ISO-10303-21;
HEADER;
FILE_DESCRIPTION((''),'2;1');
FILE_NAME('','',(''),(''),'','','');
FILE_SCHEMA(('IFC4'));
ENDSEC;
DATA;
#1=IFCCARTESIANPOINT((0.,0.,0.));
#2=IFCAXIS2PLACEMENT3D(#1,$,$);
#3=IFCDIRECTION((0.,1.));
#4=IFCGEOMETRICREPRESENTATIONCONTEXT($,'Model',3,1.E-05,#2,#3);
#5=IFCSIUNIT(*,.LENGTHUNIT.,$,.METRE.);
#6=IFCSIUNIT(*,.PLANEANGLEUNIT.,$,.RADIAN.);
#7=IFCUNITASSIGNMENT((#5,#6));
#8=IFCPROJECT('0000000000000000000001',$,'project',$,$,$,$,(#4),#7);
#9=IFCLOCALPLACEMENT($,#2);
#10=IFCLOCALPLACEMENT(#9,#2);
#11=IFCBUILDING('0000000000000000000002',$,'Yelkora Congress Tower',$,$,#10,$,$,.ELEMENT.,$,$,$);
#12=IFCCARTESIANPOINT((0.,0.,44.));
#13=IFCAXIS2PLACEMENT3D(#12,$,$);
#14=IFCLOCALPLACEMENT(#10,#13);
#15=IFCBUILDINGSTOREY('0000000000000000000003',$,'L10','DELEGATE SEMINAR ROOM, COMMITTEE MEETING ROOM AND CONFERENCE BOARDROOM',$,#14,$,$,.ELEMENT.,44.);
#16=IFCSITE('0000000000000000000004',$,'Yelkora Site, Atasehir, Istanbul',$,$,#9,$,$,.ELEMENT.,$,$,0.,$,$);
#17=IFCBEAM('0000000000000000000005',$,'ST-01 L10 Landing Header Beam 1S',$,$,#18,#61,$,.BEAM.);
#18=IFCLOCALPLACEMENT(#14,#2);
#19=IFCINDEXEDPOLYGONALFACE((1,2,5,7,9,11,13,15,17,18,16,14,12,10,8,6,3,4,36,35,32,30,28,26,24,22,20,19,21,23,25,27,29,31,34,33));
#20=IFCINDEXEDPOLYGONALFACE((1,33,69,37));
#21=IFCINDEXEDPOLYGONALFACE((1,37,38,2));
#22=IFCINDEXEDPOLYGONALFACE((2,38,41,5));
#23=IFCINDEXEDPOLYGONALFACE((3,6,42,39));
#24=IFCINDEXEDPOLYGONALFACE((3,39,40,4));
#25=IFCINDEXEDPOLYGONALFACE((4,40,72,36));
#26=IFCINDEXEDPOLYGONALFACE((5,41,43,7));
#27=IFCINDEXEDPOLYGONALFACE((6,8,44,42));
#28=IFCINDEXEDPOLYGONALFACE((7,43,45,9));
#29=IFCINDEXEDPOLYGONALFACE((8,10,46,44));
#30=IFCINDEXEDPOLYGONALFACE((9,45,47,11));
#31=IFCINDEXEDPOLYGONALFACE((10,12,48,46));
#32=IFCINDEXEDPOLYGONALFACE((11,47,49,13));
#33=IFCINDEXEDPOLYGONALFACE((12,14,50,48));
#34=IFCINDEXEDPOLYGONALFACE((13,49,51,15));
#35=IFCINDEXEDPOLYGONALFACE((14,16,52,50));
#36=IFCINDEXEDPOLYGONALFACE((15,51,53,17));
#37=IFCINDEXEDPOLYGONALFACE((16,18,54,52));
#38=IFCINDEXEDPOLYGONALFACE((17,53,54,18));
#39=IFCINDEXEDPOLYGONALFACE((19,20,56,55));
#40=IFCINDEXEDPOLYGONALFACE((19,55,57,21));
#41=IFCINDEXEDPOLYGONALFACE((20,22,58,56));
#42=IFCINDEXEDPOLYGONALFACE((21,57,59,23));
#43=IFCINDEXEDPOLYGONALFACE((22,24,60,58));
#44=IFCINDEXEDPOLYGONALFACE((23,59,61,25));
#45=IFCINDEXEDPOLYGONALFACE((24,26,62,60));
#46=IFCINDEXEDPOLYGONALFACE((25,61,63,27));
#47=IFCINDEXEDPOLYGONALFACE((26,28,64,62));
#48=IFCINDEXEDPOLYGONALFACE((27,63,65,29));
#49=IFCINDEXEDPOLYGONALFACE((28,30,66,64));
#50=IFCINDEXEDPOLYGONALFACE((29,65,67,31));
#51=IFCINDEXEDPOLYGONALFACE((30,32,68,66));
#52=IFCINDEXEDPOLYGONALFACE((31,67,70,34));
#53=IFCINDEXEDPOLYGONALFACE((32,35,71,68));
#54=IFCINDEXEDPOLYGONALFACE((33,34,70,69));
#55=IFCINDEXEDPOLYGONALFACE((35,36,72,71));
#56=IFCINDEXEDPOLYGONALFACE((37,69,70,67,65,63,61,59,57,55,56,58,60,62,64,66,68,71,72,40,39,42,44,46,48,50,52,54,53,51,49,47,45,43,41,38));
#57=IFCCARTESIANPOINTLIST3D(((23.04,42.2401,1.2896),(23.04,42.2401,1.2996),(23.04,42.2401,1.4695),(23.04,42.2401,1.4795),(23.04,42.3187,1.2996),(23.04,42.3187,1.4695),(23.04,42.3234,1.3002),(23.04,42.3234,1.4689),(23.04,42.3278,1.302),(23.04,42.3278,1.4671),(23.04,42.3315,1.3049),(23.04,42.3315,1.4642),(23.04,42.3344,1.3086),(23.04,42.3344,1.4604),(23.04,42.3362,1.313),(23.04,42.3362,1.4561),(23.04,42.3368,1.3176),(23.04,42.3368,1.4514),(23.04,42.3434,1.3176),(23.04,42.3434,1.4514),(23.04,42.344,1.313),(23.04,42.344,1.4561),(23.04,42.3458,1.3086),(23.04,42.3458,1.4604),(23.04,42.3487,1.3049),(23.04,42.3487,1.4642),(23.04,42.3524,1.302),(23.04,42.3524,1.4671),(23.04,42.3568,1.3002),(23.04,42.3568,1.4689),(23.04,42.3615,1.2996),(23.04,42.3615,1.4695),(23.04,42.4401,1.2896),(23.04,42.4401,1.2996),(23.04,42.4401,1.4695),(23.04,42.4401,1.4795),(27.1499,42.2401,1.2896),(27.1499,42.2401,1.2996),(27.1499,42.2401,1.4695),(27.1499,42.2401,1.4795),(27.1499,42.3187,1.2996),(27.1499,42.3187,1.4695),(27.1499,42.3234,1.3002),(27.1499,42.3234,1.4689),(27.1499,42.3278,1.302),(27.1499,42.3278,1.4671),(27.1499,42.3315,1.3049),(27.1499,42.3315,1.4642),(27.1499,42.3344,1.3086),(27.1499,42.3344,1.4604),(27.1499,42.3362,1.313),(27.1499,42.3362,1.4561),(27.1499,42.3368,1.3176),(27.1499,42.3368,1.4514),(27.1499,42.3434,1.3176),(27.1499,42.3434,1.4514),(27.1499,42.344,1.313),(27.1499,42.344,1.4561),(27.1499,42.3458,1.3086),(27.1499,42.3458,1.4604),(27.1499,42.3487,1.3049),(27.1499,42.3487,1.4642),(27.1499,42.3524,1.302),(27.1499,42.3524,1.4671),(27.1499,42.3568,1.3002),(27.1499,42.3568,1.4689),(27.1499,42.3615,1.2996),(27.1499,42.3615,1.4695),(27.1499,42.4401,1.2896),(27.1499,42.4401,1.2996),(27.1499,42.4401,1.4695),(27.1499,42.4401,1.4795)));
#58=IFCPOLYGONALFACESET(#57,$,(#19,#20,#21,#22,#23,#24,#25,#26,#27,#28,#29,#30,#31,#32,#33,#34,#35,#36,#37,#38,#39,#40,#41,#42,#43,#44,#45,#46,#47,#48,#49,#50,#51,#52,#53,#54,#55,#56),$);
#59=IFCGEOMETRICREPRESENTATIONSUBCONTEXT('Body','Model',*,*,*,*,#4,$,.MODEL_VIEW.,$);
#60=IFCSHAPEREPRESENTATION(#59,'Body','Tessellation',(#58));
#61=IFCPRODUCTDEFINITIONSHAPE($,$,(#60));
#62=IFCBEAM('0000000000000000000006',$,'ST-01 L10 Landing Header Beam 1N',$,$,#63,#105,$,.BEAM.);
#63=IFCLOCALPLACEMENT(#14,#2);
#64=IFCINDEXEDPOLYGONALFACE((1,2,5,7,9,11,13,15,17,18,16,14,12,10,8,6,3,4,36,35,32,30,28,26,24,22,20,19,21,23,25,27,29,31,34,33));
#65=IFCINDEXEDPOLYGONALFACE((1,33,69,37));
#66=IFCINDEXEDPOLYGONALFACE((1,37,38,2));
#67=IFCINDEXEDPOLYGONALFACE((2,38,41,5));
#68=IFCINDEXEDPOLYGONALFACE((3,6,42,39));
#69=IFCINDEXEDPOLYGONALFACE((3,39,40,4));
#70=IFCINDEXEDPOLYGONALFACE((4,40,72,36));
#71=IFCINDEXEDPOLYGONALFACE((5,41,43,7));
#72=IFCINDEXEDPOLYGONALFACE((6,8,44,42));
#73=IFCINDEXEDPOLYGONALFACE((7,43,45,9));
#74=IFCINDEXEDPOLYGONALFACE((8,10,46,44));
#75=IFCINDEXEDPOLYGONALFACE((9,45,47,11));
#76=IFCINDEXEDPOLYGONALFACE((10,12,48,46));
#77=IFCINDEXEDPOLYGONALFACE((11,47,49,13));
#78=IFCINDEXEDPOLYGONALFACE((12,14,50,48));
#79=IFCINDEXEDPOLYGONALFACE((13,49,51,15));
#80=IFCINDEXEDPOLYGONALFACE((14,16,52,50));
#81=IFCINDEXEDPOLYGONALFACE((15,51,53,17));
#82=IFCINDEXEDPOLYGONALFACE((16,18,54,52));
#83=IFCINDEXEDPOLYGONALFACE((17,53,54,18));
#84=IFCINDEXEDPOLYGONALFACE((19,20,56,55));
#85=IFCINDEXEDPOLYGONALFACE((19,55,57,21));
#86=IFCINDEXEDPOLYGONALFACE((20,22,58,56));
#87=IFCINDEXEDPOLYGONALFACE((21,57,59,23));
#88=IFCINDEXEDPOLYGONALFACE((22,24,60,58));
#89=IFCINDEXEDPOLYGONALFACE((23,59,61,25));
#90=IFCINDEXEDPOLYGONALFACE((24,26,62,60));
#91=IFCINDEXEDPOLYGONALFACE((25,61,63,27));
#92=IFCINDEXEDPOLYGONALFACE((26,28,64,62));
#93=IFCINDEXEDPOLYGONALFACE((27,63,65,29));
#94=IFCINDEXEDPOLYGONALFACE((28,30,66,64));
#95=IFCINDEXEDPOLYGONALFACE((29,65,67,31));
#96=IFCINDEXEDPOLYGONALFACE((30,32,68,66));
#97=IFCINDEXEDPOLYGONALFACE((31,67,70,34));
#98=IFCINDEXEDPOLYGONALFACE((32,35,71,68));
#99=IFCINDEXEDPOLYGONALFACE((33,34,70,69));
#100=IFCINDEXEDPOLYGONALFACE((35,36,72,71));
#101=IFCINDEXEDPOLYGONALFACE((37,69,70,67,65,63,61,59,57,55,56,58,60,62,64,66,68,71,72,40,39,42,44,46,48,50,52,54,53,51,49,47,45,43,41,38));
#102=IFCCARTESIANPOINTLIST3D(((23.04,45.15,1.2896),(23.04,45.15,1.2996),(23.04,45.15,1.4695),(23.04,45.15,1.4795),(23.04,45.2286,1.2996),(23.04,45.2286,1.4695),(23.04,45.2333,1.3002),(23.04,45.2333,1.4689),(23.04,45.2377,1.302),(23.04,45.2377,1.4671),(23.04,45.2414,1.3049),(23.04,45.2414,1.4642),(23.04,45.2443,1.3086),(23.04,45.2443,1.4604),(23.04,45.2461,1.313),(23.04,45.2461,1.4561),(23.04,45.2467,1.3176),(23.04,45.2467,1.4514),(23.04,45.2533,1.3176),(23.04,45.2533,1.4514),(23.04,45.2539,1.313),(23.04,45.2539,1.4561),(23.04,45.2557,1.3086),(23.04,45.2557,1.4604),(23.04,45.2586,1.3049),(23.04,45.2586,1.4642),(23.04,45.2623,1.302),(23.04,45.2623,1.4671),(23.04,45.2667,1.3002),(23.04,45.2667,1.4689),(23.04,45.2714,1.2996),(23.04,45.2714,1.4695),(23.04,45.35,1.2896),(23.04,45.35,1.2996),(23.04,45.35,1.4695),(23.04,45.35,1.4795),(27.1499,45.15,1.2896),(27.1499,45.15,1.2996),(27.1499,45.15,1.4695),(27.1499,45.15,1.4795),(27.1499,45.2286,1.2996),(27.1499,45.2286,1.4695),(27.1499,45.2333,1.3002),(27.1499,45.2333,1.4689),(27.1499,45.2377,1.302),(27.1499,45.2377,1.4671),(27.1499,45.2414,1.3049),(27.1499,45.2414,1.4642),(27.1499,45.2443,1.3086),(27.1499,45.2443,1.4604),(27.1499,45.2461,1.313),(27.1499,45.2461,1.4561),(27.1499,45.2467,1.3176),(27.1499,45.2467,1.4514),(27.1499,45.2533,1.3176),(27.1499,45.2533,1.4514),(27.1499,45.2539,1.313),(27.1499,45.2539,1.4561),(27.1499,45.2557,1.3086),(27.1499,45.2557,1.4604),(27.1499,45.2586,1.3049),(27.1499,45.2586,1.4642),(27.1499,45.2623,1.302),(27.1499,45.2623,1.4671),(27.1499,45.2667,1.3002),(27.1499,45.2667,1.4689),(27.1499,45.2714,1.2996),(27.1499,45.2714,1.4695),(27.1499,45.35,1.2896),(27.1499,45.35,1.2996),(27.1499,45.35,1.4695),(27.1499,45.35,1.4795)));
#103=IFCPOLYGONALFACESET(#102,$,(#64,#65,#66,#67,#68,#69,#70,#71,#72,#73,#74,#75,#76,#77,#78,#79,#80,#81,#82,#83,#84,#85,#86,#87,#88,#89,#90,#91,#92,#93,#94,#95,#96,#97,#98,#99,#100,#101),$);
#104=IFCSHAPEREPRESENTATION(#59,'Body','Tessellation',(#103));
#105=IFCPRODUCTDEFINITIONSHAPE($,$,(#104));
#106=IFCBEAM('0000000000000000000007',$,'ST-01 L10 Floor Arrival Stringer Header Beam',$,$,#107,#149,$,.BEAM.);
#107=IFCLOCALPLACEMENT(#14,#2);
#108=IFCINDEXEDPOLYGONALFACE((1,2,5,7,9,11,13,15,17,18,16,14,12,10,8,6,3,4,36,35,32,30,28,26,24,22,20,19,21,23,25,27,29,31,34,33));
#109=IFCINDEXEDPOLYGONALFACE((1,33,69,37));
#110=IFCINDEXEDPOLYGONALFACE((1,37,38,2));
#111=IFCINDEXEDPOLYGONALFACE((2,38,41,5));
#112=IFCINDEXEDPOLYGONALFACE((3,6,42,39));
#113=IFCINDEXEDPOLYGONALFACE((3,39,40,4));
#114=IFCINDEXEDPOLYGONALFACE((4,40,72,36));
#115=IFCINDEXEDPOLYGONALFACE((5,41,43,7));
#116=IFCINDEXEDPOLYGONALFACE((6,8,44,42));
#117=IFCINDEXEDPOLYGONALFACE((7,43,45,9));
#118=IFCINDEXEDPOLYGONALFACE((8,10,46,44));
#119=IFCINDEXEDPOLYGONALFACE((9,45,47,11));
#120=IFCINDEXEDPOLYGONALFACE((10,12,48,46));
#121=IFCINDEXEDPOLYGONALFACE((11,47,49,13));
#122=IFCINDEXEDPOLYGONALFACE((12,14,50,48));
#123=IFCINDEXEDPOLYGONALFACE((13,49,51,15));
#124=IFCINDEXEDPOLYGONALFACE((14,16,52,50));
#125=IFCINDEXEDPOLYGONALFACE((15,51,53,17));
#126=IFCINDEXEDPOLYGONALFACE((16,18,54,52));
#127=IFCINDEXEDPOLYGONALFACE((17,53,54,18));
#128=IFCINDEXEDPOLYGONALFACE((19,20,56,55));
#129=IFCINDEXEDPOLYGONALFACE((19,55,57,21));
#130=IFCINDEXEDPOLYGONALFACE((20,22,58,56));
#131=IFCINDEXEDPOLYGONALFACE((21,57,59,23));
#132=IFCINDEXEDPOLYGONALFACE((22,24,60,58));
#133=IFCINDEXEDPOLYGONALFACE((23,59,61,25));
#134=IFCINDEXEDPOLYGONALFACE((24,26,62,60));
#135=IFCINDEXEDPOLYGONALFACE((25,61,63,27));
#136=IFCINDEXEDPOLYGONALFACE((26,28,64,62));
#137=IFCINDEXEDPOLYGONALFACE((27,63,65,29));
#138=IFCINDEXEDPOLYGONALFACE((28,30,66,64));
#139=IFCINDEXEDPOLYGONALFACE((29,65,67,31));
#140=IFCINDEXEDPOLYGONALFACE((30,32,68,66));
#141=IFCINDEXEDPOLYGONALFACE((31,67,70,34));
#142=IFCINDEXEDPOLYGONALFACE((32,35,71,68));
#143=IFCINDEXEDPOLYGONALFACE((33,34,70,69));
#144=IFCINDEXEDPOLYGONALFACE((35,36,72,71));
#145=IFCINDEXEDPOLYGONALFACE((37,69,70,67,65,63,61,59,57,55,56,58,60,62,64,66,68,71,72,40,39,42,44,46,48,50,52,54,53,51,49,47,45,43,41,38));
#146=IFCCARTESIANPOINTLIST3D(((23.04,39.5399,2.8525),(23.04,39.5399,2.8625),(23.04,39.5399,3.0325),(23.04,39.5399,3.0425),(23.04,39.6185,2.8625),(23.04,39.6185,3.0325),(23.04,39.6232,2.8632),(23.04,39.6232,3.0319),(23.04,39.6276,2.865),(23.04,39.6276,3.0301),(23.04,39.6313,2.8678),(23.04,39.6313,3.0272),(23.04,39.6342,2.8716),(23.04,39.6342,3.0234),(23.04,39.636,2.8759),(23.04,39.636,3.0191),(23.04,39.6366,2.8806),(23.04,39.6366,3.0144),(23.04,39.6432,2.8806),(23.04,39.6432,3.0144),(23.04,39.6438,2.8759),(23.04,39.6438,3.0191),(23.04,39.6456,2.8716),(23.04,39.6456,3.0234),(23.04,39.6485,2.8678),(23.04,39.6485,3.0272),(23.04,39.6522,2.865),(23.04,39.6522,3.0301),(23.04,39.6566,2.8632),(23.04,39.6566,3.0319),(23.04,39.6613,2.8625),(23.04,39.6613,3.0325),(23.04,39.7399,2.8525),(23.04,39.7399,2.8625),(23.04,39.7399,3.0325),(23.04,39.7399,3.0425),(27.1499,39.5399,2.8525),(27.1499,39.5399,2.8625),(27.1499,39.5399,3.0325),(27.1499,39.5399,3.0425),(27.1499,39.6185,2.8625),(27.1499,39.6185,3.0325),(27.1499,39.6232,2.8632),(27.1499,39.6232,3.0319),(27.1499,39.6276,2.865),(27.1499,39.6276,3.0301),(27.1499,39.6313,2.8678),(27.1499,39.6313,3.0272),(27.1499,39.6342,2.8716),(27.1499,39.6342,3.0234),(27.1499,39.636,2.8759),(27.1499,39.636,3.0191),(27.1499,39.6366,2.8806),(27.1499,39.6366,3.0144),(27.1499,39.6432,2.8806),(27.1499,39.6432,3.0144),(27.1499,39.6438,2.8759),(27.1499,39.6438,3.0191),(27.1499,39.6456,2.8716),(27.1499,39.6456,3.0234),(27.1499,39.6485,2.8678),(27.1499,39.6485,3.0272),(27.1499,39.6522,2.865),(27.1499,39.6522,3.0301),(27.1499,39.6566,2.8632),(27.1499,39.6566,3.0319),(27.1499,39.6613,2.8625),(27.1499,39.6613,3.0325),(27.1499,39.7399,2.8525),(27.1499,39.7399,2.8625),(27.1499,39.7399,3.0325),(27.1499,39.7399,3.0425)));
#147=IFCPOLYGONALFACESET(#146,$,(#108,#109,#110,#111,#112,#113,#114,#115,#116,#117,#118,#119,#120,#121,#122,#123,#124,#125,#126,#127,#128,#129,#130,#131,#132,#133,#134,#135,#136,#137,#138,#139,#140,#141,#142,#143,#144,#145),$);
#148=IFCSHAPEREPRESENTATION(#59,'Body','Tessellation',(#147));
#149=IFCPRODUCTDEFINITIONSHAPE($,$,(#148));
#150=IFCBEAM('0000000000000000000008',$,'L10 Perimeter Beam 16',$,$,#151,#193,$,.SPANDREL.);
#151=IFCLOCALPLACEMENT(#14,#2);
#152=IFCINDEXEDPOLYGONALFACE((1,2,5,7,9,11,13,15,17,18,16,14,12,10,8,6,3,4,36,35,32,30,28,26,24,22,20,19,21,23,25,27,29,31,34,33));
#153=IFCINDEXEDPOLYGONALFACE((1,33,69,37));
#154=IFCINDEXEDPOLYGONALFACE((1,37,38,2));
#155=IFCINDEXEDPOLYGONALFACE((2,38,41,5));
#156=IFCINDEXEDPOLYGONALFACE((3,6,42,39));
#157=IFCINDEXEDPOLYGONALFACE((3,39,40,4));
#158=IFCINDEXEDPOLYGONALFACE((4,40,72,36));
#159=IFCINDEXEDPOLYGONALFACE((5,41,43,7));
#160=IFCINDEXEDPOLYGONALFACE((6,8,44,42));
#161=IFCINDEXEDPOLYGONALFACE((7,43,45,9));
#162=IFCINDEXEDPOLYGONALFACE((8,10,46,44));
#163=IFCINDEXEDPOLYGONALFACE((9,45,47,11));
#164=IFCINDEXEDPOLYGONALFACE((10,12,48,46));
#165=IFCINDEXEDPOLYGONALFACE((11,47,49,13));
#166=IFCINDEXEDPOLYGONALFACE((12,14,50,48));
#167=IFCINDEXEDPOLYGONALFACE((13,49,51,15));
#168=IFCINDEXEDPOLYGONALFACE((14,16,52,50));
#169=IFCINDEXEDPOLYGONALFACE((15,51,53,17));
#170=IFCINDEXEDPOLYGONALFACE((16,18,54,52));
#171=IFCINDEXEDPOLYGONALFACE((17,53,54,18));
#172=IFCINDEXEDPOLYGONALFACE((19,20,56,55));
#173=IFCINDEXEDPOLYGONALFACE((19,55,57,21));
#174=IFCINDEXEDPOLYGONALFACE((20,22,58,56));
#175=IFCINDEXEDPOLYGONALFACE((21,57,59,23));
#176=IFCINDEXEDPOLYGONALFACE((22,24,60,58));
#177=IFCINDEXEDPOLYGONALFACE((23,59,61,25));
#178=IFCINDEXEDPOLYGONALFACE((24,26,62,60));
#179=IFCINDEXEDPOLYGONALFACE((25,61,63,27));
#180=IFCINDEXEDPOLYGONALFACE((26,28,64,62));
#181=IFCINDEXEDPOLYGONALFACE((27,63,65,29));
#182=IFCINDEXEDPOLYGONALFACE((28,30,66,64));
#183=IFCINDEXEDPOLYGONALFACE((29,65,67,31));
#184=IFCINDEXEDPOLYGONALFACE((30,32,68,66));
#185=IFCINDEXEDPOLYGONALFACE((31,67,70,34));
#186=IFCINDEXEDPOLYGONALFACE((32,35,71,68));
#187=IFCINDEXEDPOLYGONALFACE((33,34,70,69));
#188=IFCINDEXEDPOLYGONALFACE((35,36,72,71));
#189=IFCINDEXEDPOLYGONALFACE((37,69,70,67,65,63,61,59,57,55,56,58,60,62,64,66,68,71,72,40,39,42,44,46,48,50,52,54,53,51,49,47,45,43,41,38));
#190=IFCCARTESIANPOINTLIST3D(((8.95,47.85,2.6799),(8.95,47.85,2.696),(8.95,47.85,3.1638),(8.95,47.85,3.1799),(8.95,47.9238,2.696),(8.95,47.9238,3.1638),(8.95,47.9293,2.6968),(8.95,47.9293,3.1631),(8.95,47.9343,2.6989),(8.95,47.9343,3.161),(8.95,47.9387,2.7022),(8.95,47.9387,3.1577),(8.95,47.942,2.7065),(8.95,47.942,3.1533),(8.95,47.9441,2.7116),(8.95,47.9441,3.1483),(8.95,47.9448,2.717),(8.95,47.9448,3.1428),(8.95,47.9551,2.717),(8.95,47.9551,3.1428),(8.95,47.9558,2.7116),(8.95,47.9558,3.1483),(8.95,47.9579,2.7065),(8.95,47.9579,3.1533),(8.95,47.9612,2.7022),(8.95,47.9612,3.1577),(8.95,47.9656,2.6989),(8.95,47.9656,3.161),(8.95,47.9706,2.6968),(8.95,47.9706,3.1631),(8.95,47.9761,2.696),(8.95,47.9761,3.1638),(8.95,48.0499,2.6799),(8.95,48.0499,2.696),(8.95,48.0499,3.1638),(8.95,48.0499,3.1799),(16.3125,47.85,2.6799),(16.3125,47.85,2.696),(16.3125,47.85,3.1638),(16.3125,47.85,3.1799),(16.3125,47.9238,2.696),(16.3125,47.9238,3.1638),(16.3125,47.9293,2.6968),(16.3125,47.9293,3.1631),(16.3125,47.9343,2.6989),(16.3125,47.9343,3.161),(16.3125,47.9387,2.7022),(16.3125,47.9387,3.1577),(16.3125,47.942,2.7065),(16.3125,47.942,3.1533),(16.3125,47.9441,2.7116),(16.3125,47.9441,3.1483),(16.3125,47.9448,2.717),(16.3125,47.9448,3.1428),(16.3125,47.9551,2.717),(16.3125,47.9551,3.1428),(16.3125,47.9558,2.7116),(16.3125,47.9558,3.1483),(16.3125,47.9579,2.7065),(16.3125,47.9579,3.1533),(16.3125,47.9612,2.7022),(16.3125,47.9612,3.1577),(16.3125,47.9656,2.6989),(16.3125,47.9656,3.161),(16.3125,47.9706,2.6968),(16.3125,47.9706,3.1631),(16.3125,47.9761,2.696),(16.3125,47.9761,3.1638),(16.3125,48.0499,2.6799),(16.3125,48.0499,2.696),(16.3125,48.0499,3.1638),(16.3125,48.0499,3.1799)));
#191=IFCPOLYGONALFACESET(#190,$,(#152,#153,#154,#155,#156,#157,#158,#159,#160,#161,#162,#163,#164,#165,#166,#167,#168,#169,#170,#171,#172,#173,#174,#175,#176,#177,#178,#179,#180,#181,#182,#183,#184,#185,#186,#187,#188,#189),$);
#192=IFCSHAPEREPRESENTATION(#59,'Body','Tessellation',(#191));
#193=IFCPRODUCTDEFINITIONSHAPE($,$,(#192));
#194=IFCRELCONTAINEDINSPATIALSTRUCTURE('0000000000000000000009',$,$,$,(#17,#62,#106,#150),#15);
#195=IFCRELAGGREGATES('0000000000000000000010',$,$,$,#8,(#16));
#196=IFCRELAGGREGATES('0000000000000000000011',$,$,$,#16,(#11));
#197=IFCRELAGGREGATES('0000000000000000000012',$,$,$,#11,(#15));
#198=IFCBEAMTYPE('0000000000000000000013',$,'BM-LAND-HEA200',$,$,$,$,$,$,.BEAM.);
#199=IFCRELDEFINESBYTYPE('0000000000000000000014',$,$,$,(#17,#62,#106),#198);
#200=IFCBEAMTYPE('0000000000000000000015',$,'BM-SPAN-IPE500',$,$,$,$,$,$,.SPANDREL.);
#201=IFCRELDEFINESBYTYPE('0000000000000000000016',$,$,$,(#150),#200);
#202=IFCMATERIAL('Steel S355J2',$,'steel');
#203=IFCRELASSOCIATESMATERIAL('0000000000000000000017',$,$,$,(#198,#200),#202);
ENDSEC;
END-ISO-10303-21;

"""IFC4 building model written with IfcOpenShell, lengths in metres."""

from ifc_helpers import new_model, si_unit, direction, frame, origin, origin_2d, place, context, subcontext, project, spatial, i_section, extrude, material, material_profile, profile_set, type_object, element, save


model = new_model("IFC4")

# Units and contexts
model_context = context("Model", 3, precision=1e-05, world=origin(), true_north=direction((0.0, 1.0)))
body_context = subcontext(model_context, "Body", "Model", "MODEL_VIEW")
ifc_project = project(units=[si_unit("LENGTHUNIT", "METRE"), si_unit("PLANEANGLEUNIT", "RADIAN")], contexts=[model_context])

# Site, building, storey
site_placement = place(None, origin())
site = spatial("IfcSite", under=ifc_project, at=site_placement, Name="Yelkora Site, Atasehir, Istanbul", CompositionType="ELEMENT", RefElevation=0.0)
building_placement = place(site_placement, origin())
building = spatial("IfcBuilding", under=site, at=building_placement, Name="Yelkora Congress Tower", CompositionType="ELEMENT")
storey_placement = place(building_placement, frame((0.0, 0.0, 44.0)))
storey = spatial("IfcBuildingStorey", under=building, at=storey_placement, Name="L10", Description="DELEGATE SEMINAR ROOM, COMMITTEE MEETING ROOM AND CONFERENCE BOARDROOM", CompositionType="ELEMENT", Elevation=44.0)

# Beams
ifc_material_1 = material(Name="Steel S355J2", Category="steel")
ifc_material_profile_1 = material_profile(ifc_material_1, i_section(OverallWidth=0.2, OverallDepth=0.1899, WebThickness=0.0066, FlangeThickness=0.01, FilletRadius=0.0181, at=origin_2d()), Name="HEA 200")
ifc_profile_set_1 = profile_set([ifc_material_profile_1], Name="Steel S355J2")
beam_type_1 = type_object("IfcBeamType", Name="BM-LAND-HEA200", PredefinedType="BEAM", material=ifc_profile_set_1)
for number, where, z_axis, x_axis, name in (
    (1, (23.04, 42.3401, 1.3845), (1.0, 0.0, 0.0), (0.0, 1.0, 0.0), "ST-01 L10 Landing Header Beam 1S"),
    (2, (23.04, 45.25, 1.3845), (1.0, 0.0, 0.0), (0.0, 1.0, 0.0), "ST-01 L10 Landing Header Beam 1N"),
    (3, (23.04, 39.6399, 2.9475), (1.0, 0.0, 0.0), (0.0, 1.0, 0.0), "ST-01 L10 Floor Arrival Stringer Header Beam"),
):
    element("IfcBeam", number, at=place(storey_placement, frame(where, z_axis=z_axis, x_axis=x_axis)), inside=storey, type_object=beam_type_1, Name=name, PredefinedType="BEAM", context=body_context, shape_type="SweptSolid", body=[
        extrude(i_section(OverallWidth=0.2, OverallDepth=0.1899, WebThickness=0.0066, FlangeThickness=0.01, FilletRadius=0.0181, at=origin_2d()), origin(), (0.0, 0.0, 1.0), 4.1099),
    ])
ifc_material_profile_2 = material_profile(ifc_material_1, i_section(OverallWidth=0.2, OverallDepth=0.5, WebThickness=0.0103, FlangeThickness=0.0161, FilletRadius=0.021, at=origin_2d()), Name="IPE 500")
ifc_profile_set_2 = profile_set([ifc_material_profile_2], Name="Steel S355J2")
beam_type_2 = type_object("IfcBeamType", Name="BM-SPAN-IPE500", PredefinedType="SPANDREL", material=ifc_profile_set_2)
beam_1_placement = place(storey_placement, frame((16.3125, 47.95, 2.9299), z_axis=(-1.0, 0.0, 0.0), x_axis=(0.0, -1.0, 0.0)))
element("IfcBeam", 4, at=beam_1_placement, inside=storey, type_object=beam_type_2, Name="L10 Perimeter Beam 16", PredefinedType="SPANDREL", context=body_context, shape_type="SweptSolid", body=[
    extrude(i_section(OverallWidth=0.2, OverallDepth=0.5, WebThickness=0.0103, FlangeThickness=0.0161, FilletRadius=0.021, at=origin_2d()), origin(), (0.0, 0.0, 1.0), 7.3625),
])

save(model, "model.ifc")
